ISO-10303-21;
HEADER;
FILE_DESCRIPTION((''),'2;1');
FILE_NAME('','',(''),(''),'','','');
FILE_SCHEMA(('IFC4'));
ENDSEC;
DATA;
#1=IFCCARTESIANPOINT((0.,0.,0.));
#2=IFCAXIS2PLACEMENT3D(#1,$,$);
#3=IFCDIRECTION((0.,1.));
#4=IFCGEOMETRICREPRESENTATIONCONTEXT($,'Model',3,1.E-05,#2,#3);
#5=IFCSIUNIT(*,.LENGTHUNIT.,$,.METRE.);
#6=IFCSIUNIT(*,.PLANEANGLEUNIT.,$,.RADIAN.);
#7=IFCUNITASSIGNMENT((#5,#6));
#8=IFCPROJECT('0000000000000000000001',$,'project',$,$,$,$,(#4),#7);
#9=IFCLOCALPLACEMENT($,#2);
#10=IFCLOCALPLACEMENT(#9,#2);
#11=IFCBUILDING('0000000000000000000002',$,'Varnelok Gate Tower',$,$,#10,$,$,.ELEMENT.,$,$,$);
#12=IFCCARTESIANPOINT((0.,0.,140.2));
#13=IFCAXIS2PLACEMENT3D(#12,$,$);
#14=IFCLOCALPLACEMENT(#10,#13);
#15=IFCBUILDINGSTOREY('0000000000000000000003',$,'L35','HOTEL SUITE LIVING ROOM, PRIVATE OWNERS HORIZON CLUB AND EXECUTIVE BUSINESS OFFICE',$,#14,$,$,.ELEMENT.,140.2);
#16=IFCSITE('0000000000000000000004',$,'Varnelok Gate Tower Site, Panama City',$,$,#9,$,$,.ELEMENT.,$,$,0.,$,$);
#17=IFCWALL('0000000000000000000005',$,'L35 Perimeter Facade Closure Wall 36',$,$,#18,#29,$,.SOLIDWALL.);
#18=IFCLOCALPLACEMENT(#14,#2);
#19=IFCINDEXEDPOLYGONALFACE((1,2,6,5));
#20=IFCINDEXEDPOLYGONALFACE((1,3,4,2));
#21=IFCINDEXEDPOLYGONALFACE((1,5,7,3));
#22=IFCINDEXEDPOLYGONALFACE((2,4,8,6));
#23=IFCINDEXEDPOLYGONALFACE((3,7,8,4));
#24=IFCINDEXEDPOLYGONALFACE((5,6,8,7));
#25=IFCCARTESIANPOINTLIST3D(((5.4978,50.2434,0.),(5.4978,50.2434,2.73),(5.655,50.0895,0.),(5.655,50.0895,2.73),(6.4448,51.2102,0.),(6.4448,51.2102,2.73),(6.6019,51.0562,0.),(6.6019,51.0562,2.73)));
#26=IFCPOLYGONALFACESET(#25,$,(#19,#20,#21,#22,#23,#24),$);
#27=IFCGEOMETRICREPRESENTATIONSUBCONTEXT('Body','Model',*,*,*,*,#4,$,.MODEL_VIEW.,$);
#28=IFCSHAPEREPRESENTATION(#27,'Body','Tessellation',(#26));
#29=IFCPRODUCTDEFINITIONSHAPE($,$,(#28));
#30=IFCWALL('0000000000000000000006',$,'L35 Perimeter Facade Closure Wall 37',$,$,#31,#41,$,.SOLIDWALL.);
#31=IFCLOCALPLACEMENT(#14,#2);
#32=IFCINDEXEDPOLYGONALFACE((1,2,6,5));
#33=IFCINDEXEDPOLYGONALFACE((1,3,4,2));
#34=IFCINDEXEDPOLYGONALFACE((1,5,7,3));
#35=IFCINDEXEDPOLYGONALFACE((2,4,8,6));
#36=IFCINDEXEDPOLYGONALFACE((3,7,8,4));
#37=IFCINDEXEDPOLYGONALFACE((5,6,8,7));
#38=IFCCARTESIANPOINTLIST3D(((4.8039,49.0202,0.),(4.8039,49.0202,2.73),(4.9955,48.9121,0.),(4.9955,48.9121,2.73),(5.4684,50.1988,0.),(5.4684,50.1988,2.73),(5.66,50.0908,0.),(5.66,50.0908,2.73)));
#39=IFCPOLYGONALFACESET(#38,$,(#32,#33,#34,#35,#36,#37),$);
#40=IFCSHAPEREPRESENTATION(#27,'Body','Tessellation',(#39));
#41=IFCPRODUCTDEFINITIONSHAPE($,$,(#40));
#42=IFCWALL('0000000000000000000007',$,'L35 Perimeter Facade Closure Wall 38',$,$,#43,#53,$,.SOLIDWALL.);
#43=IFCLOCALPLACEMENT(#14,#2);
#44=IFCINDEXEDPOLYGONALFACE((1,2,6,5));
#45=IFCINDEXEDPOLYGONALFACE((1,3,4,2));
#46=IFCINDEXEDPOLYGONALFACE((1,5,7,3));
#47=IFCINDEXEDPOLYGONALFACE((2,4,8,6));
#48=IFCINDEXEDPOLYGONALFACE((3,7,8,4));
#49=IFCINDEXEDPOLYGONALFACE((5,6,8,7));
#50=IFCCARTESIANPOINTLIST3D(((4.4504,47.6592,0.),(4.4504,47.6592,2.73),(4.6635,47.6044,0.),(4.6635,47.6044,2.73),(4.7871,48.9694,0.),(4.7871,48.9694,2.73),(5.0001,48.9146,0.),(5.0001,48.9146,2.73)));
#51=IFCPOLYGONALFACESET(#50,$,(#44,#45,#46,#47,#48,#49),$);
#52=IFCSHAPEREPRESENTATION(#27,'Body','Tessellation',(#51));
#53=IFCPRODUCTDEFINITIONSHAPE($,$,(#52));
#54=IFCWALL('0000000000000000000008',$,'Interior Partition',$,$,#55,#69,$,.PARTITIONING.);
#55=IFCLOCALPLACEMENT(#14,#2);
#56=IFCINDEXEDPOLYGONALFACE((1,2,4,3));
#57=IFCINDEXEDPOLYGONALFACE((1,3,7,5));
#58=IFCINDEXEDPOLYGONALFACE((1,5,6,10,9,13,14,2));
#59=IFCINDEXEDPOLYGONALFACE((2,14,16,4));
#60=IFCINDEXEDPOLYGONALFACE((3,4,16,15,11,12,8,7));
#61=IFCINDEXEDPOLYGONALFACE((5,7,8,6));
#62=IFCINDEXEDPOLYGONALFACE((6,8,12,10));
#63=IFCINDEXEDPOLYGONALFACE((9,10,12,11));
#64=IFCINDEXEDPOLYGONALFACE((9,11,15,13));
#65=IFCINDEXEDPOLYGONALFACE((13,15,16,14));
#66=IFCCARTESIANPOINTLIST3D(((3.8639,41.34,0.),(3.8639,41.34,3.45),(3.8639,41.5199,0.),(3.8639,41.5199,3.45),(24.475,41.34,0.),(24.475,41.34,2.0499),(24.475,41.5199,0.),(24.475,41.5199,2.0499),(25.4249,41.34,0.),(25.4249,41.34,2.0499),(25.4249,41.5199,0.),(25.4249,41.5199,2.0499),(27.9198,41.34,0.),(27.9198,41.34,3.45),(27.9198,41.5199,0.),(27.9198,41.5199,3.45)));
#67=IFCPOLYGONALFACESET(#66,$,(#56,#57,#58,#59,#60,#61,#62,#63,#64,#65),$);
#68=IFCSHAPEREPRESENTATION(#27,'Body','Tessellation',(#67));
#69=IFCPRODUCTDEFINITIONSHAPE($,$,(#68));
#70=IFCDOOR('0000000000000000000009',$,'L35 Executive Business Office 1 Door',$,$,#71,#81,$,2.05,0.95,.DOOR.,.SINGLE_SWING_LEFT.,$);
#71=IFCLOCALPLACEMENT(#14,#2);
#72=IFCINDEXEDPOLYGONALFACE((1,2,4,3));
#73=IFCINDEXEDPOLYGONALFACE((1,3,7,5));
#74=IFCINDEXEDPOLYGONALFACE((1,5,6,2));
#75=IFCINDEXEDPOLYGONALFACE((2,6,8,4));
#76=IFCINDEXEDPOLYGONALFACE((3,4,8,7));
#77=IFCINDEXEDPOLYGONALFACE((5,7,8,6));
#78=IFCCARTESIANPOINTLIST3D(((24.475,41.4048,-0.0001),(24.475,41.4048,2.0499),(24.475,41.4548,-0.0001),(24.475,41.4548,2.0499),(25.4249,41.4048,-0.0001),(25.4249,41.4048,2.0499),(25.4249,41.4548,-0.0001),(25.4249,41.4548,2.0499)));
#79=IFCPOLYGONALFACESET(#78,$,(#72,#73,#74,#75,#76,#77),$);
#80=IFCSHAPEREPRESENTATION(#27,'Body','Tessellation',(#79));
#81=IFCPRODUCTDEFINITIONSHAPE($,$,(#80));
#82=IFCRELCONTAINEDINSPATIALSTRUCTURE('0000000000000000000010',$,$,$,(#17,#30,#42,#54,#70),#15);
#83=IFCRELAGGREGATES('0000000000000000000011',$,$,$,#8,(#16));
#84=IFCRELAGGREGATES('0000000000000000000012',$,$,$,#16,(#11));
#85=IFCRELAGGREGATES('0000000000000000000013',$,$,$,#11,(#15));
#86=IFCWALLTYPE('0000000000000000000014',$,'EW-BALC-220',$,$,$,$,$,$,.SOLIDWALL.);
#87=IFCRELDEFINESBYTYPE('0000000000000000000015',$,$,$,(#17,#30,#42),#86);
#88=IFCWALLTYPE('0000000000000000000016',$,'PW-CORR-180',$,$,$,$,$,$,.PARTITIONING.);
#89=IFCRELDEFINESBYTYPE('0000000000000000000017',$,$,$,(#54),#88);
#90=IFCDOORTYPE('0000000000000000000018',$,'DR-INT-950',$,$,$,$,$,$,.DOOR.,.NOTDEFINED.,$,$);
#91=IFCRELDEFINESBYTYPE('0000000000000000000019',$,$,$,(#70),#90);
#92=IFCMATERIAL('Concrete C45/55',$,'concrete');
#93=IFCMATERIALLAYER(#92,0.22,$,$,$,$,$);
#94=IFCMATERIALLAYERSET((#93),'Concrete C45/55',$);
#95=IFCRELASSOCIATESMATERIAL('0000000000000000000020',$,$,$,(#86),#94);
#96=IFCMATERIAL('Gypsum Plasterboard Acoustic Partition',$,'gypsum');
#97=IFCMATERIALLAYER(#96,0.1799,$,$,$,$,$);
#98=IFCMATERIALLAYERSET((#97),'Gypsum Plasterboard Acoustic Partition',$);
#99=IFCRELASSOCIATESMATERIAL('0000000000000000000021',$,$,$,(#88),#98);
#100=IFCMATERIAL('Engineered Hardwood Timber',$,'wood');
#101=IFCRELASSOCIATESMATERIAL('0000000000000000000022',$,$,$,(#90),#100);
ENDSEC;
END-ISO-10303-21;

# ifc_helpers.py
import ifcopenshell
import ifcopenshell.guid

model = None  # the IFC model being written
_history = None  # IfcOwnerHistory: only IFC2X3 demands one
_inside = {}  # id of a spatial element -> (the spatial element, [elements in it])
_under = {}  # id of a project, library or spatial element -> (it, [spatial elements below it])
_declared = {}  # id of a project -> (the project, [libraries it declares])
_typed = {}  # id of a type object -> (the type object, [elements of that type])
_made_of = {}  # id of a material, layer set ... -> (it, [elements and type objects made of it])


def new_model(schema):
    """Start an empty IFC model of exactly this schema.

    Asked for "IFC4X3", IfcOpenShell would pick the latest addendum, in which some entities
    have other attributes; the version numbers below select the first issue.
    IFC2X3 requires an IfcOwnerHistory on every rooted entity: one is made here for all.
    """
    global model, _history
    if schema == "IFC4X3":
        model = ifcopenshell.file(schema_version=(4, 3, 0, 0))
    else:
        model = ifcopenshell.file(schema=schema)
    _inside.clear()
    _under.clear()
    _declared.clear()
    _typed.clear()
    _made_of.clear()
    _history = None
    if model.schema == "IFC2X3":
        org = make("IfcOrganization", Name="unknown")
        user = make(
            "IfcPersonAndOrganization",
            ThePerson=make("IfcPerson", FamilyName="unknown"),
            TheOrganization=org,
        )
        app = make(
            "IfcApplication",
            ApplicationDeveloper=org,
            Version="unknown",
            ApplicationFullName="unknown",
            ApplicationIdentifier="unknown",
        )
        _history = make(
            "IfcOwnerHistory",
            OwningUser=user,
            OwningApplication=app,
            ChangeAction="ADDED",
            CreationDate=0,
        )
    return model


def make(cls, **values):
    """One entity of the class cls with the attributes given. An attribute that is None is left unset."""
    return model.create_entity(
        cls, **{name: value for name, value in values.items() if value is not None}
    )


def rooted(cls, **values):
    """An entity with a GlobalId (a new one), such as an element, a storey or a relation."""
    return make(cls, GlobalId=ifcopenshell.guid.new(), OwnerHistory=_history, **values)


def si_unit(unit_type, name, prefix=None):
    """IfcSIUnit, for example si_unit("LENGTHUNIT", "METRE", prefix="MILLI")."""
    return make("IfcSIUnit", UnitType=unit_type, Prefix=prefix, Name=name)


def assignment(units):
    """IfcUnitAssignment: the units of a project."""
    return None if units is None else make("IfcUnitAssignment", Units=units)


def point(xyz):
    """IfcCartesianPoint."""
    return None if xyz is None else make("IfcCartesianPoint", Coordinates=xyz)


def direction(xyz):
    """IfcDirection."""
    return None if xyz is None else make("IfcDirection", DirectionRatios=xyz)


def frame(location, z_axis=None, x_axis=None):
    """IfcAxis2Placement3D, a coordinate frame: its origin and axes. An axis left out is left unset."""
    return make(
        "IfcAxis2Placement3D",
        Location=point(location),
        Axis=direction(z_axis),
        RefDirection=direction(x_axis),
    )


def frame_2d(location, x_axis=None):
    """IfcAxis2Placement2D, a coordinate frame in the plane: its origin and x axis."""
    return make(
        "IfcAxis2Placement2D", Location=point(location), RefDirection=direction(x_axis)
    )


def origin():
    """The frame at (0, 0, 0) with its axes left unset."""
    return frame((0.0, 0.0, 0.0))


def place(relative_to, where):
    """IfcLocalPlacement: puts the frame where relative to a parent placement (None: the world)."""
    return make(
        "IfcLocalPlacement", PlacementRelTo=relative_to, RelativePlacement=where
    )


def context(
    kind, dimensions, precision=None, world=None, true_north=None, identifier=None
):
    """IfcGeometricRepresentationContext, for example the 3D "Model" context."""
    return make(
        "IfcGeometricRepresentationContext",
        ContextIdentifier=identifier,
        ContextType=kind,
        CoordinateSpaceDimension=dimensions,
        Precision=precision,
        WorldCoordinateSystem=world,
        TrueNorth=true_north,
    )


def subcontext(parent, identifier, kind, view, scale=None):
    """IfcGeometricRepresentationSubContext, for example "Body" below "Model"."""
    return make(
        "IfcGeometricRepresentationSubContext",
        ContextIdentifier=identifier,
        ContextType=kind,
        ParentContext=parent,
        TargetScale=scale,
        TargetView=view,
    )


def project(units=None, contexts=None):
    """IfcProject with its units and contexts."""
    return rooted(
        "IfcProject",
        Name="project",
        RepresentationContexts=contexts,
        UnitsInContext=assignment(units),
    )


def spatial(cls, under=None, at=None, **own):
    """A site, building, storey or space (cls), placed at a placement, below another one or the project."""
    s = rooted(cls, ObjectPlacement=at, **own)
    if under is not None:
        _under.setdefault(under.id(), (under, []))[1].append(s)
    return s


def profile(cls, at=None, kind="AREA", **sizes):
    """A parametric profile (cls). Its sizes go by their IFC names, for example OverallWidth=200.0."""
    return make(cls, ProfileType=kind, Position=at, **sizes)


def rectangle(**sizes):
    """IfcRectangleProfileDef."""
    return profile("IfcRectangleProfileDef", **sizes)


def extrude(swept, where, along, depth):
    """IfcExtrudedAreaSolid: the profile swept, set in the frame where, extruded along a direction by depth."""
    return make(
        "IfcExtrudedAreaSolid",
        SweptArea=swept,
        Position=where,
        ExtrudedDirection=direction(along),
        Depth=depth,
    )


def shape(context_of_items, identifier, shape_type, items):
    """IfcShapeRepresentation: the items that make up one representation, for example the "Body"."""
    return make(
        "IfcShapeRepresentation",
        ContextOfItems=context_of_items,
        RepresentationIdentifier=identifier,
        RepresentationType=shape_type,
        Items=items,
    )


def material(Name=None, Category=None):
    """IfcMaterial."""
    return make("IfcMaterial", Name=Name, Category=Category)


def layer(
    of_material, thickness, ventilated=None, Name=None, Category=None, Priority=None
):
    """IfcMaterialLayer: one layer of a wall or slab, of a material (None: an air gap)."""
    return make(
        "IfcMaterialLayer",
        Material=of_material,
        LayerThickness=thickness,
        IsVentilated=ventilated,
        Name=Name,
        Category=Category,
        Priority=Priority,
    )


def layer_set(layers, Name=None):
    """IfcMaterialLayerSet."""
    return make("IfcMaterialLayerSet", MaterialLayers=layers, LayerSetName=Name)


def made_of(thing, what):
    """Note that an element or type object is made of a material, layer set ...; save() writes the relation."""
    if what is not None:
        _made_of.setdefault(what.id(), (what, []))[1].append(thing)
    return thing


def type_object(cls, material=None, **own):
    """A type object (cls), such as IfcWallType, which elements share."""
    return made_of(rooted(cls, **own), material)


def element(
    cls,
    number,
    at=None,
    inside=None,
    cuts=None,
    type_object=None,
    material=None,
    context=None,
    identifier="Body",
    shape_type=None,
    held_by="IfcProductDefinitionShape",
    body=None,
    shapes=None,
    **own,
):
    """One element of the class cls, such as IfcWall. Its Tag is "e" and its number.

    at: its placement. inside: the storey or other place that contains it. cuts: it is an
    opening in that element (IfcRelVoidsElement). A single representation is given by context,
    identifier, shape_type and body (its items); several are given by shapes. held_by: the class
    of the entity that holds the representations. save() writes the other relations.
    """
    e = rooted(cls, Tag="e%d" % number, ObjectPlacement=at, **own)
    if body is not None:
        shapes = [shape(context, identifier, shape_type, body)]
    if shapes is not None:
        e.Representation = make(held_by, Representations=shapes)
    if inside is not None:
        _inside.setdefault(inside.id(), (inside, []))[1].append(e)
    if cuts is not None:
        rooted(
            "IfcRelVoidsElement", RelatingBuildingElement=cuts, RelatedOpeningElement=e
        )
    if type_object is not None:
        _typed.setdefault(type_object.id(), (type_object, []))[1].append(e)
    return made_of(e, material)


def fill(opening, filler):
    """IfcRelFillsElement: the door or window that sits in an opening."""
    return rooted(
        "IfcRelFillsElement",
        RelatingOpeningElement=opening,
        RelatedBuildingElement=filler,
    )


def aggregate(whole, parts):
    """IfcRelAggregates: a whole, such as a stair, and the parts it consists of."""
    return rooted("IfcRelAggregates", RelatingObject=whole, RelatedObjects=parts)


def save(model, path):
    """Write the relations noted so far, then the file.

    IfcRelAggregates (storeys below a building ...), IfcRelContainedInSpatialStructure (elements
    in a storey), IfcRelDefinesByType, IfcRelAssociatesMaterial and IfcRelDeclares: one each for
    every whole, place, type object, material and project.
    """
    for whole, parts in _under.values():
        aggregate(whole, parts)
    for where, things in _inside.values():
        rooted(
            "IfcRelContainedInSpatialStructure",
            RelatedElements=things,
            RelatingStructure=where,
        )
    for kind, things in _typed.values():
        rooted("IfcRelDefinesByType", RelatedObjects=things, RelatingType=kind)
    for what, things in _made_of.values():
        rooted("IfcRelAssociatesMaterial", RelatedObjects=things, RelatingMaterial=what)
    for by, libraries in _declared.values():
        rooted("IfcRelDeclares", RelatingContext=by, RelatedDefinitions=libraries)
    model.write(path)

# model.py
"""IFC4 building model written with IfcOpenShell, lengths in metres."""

from ifc_helpers import new_model, si_unit, direction, frame, frame_2d, origin, place, context, subcontext, project, spatial, rectangle, extrude, material, layer, layer_set, type_object, element, fill, save


model = new_model("IFC4")

# Units and contexts
model_context = context("Model", 3, precision=1e-05, world=origin(), true_north=direction((0.0, 1.0)))
body_context = subcontext(model_context, "Body", "Model", "MODEL_VIEW")
ifc_project = project(units=[si_unit("LENGTHUNIT", "METRE"), si_unit("PLANEANGLEUNIT", "RADIAN")], contexts=[model_context])

# Site, building, storey
site_placement = place(None, origin())
site = spatial("IfcSite", under=ifc_project, at=site_placement, Name="Varnelok Gate Tower Site, Panama City", CompositionType="ELEMENT", RefElevation=0.0)
building_placement = place(site_placement, origin())
building = spatial("IfcBuilding", under=site, at=building_placement, Name="Varnelok Gate Tower", CompositionType="ELEMENT")
storey_placement = place(building_placement, frame((0.0, 0.0, 140.2)))
storey = spatial("IfcBuildingStorey", under=building, at=storey_placement, Name="L35", Description="HOTEL SUITE LIVING ROOM, PRIVATE OWNERS HORIZON CLUB AND EXECUTIVE BUSINESS OFFICE", CompositionType="ELEMENT", Elevation=140.2)

# Walls
ifc_material_1 = material(Name="Concrete C45/55", Category="concrete")
ifc_layer_1 = layer(ifc_material_1, 0.22)
ifc_layer_set_1 = layer_set([ifc_layer_1], Name="Concrete C45/55")
wall_type_1 = type_object("IfcWallType", Name="EW-BALC-220", PredefinedType="SOLIDWALL", material=ifc_layer_set_1)
wall_1_placement = place(storey_placement, frame((6.5234, 51.1333, 0.0), z_axis=(0.0, 0.0, 1.0), x_axis=(-0.699763, -0.714375, 0.0)))
element("IfcWall", 1, at=wall_1_placement, inside=storey, type_object=wall_type_1, Name="L35 Perimeter Facade Closure Wall 36", PredefinedType="SOLIDWALL", context=body_context, shape_type="SweptSolid", body=[
    extrude(rectangle(XDim=1.3533, YDim=0.22, at=frame_2d((0.6768, 0.0))), origin(), (0.0, 0.0, 1.0), 2.73),
])
wall_2_placement = place(storey_placement, frame((5.5642, 50.1448, 0.0), z_axis=(0.0, 0.0, 1.0), x_axis=(-0.491118, -0.871093, 0.0)))
element("IfcWall", 2, at=wall_2_placement, inside=storey, type_object=wall_type_1, Name="L35 Perimeter Facade Closure Wall 37", PredefinedType="SOLIDWALL", context=body_context, shape_type="SweptSolid", body=[
    extrude(rectangle(XDim=1.353, YDim=0.22, at=frame_2d((0.6765, 0.0))), origin(), (0.0, 0.0, 1.0), 2.73),
])
wall_3_placement = place(storey_placement, frame((4.8936, 48.9419, 0.0), z_axis=(0.0, 0.0, 1.0), x_axis=(-0.248857, -0.96854, 0.0)))
element("IfcWall", 3, at=wall_3_placement, inside=storey, type_object=wall_type_1, Name="L35 Perimeter Facade Closure Wall 38", PredefinedType="SOLIDWALL", context=body_context, shape_type="SweptSolid", body=[
    extrude(rectangle(XDim=1.3528, YDim=0.22, at=frame_2d((0.6763, 0.0))), origin(), (0.0, 0.0, 1.0), 2.73),
])

# Wall, opening, door
ifc_material_2 = material(Name="Gypsum Plasterboard Acoustic Partition", Category="gypsum")
ifc_layer_2 = layer(ifc_material_2, 0.1799)
ifc_layer_set_2 = layer_set([ifc_layer_2], Name="Gypsum Plasterboard Acoustic Partition")
wall_type_2 = type_object("IfcWallType", Name="PW-CORR-180", PredefinedType="PARTITIONING", material=ifc_layer_set_2)
wall_4_placement = place(storey_placement, frame((3.864, 41.4299, 0.0), z_axis=(0.0, 0.0, 1.0), x_axis=(1.0, 0.0, 0.0)))
wall_4 = element("IfcWall", 4, at=wall_4_placement, inside=storey, type_object=wall_type_2, Name="Interior Partition", PredefinedType="PARTITIONING", context=body_context, shape_type="SweptSolid", body=[
    extrude(rectangle(XDim=24.0559, YDim=0.1799, at=frame_2d((12.0278, 0.0))), origin(), (0.0, 0.0, 1.0), 3.45),
])
opening_placement = place(wall_4_placement, frame((20.6108, 0.0, 0.0)))
opening = element("IfcOpeningElement", 5, at=opening_placement, cuts=wall_4, PredefinedType="OPENING", context=body_context, shape_type="SweptSolid", body=[
    extrude(rectangle(XDim=0.95, YDim=2.05, at=frame_2d((0.4751, 1.0249))), frame((0.0, 0.0999, 0.0), z_axis=(0.0, -1.0, 0.0), x_axis=(1.0, 0.0, 0.0)), (0.0, 0.0, 1.0), 0.2),
])
ifc_material_3 = material(Name="Engineered Hardwood Timber", Category="wood")
door_type = type_object("IfcDoorType", Name="DR-INT-950", OperationType="NOTDEFINED", PredefinedType="DOOR", material=ifc_material_3)
door_placement = place(opening_placement, origin())
door = element("IfcDoor", 6, at=door_placement, inside=storey, type_object=door_type, Name="L35 Executive Business Office 1 Door", OperationType="SINGLE_SWING_LEFT", OverallHeight=2.05, OverallWidth=0.95, PredefinedType="DOOR", context=body_context, shape_type="SweptSolid", body=[
    extrude(rectangle(XDim=0.95, YDim=2.05, at=frame_2d((0.4751, 1.0249))), frame((0.0, 0.0249, 0.0), z_axis=(0.0, -1.0, 0.0), x_axis=(1.0, 0.0, 0.0)), (0.0, 0.0, 1.0), 0.05),
])
fill(opening, door)

save(model, "model.ifc")
